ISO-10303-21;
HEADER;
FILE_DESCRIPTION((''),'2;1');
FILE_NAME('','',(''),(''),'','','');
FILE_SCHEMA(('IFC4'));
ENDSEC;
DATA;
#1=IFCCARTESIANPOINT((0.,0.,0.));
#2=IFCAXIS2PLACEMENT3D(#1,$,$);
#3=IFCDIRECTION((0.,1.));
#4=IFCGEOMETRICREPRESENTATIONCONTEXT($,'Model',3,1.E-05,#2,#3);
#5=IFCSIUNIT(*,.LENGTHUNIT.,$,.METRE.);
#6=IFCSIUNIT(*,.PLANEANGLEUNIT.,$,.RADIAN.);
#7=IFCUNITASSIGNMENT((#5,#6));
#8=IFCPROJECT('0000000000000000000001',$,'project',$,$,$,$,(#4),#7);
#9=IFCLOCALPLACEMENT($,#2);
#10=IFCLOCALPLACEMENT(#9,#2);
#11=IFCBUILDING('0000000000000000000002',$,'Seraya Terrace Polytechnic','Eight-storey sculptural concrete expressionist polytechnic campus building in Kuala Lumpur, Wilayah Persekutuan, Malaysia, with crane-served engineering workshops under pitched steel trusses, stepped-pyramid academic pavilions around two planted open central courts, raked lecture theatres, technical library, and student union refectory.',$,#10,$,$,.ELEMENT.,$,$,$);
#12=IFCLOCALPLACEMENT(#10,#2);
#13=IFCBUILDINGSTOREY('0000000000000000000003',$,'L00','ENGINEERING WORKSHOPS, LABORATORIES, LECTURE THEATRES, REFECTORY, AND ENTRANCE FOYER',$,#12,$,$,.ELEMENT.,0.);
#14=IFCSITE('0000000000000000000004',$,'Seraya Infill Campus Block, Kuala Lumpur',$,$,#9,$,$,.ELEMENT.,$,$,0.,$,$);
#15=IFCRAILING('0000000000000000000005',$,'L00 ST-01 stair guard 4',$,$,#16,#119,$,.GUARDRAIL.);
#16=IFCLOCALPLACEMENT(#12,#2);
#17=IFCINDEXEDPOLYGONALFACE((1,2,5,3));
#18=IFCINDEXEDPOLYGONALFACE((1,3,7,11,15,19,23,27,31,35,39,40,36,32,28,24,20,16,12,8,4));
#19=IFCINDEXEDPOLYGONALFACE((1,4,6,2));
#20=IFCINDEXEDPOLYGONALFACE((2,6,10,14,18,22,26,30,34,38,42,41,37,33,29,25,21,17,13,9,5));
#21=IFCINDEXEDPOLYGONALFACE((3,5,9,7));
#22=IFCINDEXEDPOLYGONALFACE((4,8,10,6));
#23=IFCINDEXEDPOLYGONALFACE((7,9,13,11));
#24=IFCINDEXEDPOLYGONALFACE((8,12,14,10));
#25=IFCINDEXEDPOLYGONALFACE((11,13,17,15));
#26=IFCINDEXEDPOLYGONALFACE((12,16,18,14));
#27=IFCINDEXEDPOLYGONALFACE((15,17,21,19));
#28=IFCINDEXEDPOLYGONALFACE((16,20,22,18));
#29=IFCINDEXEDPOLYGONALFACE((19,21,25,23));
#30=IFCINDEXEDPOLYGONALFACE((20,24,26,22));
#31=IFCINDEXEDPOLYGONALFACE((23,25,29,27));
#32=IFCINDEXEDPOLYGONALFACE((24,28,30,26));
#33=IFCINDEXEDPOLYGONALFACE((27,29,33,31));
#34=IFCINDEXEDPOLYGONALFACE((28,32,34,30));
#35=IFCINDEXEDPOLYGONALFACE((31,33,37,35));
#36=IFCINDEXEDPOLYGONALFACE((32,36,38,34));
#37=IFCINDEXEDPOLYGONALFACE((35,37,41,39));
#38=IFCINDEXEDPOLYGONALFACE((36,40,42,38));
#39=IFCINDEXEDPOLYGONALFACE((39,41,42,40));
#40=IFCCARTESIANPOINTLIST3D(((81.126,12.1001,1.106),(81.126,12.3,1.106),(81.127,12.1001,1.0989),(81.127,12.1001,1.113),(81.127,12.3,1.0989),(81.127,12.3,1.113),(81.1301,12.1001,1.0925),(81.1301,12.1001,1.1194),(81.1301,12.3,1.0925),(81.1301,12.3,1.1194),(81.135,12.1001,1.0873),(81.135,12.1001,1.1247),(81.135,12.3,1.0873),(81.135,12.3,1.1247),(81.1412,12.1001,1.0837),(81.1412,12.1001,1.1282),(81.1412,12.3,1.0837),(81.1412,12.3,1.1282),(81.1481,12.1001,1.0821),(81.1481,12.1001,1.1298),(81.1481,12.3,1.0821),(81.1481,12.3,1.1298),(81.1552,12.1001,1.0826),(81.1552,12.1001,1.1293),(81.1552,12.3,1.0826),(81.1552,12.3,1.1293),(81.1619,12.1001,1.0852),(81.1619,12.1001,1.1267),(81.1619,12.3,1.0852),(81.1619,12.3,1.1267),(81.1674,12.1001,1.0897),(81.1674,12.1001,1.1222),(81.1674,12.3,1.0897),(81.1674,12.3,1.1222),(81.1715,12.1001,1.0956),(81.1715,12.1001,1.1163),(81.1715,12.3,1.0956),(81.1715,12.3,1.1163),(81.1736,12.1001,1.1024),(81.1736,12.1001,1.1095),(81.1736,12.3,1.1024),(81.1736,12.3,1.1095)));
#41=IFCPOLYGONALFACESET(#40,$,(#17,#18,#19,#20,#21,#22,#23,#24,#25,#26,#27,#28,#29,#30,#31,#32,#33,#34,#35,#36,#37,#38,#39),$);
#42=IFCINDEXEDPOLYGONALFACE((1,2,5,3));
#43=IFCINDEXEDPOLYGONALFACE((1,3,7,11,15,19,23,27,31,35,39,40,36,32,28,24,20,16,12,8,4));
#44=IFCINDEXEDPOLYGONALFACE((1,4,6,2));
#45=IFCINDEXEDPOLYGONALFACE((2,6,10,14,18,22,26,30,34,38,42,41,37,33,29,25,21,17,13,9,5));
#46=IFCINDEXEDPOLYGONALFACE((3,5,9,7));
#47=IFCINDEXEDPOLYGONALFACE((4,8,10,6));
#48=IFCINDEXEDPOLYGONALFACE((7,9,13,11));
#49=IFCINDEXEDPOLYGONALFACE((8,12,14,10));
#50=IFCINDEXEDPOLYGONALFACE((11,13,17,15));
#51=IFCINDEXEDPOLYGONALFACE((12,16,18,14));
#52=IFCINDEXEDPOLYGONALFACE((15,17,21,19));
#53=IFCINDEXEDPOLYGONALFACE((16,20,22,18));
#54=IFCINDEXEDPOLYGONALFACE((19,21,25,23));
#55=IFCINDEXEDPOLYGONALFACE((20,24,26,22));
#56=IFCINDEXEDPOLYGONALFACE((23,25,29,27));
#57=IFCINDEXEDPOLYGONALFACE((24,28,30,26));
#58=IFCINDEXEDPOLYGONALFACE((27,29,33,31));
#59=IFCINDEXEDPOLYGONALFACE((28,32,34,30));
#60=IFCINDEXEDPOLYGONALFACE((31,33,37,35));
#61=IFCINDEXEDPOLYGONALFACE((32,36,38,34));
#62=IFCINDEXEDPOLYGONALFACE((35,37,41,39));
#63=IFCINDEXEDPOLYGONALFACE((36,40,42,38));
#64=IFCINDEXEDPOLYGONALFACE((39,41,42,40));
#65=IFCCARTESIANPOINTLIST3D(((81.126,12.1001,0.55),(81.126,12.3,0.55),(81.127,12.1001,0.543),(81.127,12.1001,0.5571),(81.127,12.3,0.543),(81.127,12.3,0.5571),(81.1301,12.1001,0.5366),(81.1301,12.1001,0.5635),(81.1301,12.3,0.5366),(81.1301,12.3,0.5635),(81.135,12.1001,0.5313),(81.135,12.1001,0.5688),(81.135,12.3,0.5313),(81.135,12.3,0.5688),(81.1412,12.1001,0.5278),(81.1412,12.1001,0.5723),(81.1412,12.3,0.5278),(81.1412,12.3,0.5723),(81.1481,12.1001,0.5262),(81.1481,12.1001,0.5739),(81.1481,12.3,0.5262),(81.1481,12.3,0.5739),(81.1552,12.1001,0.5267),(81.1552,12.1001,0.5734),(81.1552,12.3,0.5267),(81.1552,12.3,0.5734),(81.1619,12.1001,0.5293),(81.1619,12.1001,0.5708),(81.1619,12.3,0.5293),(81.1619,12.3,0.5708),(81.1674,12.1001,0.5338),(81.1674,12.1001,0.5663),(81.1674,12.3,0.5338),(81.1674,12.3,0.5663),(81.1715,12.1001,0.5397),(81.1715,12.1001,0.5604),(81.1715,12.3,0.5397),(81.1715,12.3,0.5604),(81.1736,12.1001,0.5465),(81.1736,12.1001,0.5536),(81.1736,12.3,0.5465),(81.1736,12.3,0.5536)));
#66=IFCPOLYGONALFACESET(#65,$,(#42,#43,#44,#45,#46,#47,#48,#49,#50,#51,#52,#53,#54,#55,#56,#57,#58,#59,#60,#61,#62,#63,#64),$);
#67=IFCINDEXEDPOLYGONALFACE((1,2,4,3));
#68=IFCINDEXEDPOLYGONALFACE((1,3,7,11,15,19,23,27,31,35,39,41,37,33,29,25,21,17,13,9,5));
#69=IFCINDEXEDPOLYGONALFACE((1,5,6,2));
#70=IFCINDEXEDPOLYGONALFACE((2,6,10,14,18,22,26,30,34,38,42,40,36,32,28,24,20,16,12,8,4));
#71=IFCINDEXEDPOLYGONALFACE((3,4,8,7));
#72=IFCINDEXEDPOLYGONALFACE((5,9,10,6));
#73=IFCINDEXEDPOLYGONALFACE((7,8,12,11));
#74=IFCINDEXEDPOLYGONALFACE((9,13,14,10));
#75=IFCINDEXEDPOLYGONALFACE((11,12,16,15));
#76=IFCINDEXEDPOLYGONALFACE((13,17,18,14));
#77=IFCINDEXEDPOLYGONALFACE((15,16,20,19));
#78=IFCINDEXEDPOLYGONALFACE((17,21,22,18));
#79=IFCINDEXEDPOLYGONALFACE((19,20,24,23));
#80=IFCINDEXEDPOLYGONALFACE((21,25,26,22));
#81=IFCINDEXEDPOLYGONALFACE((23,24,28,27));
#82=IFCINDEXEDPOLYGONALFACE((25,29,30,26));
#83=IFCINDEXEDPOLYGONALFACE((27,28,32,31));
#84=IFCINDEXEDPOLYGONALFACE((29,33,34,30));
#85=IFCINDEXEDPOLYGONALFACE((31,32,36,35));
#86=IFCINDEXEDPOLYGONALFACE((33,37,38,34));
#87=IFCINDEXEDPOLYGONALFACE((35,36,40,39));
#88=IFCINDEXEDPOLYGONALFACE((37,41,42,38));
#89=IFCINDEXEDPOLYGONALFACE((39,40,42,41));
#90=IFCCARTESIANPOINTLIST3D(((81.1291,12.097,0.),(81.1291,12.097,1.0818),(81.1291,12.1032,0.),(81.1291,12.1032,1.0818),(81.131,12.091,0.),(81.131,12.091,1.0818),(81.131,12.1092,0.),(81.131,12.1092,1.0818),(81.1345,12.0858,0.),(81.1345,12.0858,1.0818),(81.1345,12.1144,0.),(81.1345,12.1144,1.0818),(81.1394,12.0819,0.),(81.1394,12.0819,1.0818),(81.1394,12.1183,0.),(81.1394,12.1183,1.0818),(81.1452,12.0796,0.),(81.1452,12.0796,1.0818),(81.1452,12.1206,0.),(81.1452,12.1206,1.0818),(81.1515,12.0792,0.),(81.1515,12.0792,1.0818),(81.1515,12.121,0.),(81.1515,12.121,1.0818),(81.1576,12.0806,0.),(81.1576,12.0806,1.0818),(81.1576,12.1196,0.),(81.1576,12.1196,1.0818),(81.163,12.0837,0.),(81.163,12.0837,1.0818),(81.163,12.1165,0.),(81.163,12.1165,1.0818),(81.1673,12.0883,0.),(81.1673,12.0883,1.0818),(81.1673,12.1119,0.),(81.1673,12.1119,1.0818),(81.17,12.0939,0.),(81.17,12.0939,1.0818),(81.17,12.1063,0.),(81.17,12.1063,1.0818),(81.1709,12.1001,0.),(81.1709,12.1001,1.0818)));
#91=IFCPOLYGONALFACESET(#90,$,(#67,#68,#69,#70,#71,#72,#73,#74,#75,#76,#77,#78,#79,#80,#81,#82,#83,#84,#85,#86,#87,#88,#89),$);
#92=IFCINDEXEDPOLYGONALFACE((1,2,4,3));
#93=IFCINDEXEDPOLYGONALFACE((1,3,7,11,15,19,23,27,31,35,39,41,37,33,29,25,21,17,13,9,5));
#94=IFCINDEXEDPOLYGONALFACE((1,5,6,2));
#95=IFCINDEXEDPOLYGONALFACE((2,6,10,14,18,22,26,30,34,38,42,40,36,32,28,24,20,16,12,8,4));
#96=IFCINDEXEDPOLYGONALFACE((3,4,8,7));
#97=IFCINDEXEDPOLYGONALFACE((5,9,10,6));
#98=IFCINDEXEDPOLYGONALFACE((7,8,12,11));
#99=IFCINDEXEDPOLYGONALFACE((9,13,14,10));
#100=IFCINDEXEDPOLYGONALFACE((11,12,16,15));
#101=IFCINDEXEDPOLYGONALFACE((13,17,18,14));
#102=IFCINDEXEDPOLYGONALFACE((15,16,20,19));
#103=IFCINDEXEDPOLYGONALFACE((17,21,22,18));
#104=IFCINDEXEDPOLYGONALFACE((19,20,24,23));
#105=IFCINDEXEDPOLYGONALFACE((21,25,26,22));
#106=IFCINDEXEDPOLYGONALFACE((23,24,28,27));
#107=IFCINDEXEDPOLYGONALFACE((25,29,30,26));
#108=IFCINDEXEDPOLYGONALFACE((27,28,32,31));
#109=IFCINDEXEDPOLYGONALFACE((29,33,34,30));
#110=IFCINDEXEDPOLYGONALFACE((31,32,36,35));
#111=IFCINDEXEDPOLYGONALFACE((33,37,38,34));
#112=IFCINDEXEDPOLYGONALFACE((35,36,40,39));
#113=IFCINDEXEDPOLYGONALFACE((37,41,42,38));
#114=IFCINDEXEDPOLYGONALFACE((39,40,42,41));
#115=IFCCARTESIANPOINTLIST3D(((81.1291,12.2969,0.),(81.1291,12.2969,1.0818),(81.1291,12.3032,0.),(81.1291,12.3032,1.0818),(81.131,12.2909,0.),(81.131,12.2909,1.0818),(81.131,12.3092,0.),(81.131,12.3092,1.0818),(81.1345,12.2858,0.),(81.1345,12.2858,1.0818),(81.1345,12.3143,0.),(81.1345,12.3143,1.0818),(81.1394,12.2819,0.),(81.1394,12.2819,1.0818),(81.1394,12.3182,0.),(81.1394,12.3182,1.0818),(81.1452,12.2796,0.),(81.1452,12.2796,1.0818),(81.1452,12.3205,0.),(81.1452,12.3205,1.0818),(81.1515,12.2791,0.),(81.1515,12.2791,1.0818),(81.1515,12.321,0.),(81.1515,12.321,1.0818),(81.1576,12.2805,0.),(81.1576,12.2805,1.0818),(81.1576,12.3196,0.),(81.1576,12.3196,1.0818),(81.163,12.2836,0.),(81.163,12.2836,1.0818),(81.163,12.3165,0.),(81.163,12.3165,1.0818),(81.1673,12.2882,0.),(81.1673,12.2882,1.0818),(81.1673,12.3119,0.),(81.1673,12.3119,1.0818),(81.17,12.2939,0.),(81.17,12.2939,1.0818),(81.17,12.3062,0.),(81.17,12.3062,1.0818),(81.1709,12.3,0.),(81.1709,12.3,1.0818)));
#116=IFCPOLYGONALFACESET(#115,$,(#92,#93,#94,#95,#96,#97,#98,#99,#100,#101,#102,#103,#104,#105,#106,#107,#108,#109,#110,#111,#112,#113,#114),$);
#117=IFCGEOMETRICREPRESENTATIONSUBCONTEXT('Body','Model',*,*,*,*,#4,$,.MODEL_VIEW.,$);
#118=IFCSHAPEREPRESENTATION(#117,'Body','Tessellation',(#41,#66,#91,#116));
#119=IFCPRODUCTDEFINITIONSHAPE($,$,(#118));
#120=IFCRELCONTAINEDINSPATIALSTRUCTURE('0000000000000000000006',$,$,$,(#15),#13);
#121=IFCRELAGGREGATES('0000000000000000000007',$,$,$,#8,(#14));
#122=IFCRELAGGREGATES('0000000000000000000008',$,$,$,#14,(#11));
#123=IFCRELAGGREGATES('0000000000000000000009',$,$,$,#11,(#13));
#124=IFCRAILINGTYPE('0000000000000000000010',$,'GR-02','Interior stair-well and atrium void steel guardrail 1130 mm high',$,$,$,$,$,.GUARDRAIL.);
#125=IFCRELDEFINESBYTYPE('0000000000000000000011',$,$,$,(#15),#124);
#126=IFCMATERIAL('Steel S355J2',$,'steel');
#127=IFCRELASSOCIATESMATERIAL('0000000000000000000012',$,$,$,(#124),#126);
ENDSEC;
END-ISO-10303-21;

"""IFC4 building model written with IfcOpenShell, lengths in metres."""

from ifc_helpers import new_model, si_unit, direction, frame, origin, origin_2d, place, context, subcontext, project, spatial, circle, extrude, material, type_object, element, save


model = new_model("IFC4")

# Units and contexts
model_context = context("Model", 3, precision=1e-05, world=origin(), true_north=direction((0.0, 1.0)))
body_context = subcontext(model_context, "Body", "Model", "MODEL_VIEW")
ifc_project = project(units=[si_unit("LENGTHUNIT", "METRE"), si_unit("PLANEANGLEUNIT", "RADIAN")], contexts=[model_context])

# Site, building, storey
site_placement = place(None, origin())
site = spatial("IfcSite", under=ifc_project, at=site_placement, Name="Seraya Infill Campus Block, Kuala Lumpur", CompositionType="ELEMENT", RefElevation=0.0)
building_placement = place(site_placement, origin())
building = spatial("IfcBuilding", under=site, at=building_placement, Name="Seraya Terrace Polytechnic", Description="Eight-storey sculptural concrete expressionist polytechnic campus building in Kuala Lumpur, Wilayah Persekutuan, Malaysia, with crane-served engineering workshops under pitched steel trusses, stepped-pyramid academic pavilions around two planted open central courts, raked lecture theatres, technical library, and student union refectory.", CompositionType="ELEMENT")
storey_placement = place(building_placement, origin())
storey = spatial("IfcBuildingStorey", under=building, at=storey_placement, Name="L00", Description="ENGINEERING WORKSHOPS, LABORATORIES, LECTURE THEATRES, REFECTORY, AND ENTRANCE FOYER", CompositionType="ELEMENT", Elevation=0.0)

# Shared definitions
ifc_material_1 = material(Name="Steel S355J2", Category="steel")

# Railing
railing_type_1 = type_object("IfcRailingType", Name="GR-02", Description="Interior stair-well and atrium void steel guardrail 1130 mm high", PredefinedType="GUARDRAIL", material=ifc_material_1)
railing_1_placement = place(storey_placement, frame((81.1499, 12.1001, 0.0)))
element("IfcRailing", 1, at=railing_1_placement, inside=storey, type_object=railing_type_1, Name="L00 ST-01 stair guard 4", PredefinedType="GUARDRAIL", context=body_context, shape_type="SweptSolid", body=[
    extrude(circle(Radius=0.0239, at=origin_2d()), frame((0.0, 0.0, 1.106), z_axis=(0.0, 1.0, 0.0), x_axis=(-1.0, 0.0, 0.0)), (0.0, 0.0, 1.0), 0.2),
    extrude(circle(Radius=0.0239, at=origin_2d()), frame((0.0, 0.0, 0.55), z_axis=(0.0, 1.0, 0.0), x_axis=(-1.0, 0.0, 0.0)), (0.0, 0.0, 1.0), 0.2),
    extrude(circle(Radius=0.021, at=origin_2d()), origin(), (0.0, 0.0, 1.0), 1.0818),
    extrude(circle(Radius=0.021, at=origin_2d()), frame((0.0, 0.2, 0.0)), (0.0, 0.0, 1.0), 1.0818),
])

save(model, "model.ifc")
